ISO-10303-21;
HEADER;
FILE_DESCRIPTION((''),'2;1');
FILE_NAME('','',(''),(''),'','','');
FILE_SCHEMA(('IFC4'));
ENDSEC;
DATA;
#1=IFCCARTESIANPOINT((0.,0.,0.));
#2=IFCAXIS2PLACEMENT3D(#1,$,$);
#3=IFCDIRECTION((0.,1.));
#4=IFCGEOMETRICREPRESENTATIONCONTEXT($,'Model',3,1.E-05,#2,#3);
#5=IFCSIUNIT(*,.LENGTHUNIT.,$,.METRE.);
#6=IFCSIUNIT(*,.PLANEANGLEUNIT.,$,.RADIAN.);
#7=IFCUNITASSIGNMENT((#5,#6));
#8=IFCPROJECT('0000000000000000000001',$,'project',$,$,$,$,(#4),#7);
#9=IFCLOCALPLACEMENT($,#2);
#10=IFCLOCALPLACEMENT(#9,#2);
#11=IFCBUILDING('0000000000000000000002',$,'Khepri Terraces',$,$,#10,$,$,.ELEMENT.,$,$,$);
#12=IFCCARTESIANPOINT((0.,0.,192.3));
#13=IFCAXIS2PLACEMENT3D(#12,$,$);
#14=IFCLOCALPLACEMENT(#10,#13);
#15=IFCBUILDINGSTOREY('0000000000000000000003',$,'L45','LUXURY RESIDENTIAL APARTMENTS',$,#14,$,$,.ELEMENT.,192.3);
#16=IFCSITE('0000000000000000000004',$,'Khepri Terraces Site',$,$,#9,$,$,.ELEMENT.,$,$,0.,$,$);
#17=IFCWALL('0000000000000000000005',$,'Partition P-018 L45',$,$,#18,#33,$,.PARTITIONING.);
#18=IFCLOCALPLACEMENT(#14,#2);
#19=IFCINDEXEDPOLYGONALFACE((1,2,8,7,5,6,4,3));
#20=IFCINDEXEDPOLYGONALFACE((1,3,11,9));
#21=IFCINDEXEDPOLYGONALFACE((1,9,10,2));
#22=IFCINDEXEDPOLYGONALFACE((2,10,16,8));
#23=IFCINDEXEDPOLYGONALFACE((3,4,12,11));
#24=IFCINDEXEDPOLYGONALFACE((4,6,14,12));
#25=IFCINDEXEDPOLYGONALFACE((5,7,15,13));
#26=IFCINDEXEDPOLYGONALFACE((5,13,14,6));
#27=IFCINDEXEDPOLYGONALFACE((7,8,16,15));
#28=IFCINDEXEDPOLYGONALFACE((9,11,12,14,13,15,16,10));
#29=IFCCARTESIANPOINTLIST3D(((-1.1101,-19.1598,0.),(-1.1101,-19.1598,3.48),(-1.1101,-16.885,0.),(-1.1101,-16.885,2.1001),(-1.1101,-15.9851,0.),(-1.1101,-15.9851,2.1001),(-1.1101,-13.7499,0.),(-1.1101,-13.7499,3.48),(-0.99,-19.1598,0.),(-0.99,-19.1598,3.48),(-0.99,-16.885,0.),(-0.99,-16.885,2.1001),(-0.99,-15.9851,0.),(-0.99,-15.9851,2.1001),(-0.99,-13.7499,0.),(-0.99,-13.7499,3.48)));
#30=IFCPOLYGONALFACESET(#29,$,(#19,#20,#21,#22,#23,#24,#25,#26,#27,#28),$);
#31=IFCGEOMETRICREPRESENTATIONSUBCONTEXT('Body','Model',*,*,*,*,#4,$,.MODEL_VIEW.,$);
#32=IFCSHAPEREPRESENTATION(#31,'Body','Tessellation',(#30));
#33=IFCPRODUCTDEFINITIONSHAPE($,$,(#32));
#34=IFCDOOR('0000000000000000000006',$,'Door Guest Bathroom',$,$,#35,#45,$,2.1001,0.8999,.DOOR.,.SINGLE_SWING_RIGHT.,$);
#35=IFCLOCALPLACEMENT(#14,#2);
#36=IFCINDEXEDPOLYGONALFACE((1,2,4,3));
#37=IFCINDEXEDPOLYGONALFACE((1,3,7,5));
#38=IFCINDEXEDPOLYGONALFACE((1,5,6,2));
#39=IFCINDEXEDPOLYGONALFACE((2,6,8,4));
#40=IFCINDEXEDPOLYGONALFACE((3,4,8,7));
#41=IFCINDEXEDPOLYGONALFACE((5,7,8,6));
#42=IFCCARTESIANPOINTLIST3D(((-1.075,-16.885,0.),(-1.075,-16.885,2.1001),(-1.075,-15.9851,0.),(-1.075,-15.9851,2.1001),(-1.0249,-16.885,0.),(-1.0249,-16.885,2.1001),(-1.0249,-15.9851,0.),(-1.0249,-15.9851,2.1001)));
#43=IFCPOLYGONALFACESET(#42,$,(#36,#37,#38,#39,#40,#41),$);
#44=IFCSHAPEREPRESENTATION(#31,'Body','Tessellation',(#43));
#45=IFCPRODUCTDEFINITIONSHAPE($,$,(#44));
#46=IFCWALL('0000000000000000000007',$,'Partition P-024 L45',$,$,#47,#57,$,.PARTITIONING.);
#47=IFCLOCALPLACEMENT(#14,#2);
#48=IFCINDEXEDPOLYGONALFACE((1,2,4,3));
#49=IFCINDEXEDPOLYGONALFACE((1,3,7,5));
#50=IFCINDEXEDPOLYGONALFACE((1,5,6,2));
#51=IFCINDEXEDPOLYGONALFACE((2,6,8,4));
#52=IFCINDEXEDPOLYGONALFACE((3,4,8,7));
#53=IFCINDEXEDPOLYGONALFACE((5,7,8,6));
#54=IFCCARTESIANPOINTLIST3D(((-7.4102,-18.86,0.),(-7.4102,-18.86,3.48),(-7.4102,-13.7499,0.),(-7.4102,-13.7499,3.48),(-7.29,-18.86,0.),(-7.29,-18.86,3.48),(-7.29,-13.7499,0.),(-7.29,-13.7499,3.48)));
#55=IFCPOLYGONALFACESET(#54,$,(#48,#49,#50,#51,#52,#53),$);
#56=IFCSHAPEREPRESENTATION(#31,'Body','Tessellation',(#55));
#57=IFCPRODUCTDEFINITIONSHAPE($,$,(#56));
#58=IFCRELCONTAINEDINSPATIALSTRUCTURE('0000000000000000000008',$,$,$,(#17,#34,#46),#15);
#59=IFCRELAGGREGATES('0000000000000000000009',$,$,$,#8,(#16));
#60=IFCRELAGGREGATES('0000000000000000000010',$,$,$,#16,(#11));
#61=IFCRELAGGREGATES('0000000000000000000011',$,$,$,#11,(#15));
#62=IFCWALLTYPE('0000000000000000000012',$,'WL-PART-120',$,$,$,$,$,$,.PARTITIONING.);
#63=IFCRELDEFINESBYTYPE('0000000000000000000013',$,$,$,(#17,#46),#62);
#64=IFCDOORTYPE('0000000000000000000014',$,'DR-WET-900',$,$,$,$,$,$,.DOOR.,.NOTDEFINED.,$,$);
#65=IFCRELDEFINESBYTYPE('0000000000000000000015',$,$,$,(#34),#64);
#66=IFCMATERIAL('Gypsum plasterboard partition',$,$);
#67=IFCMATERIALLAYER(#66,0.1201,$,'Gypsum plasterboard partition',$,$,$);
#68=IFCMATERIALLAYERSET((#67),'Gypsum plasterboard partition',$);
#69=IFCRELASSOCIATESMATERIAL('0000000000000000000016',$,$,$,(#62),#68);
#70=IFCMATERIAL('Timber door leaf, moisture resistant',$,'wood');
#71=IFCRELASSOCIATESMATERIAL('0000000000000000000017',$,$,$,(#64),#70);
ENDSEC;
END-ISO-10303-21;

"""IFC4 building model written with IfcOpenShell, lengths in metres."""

from ifc_helpers import new_model, si_unit, direction, frame, frame_2d, origin, place, context, subcontext, project, spatial, rectangle, extrude, material, layer, layer_set, type_object, element, fill, save


model = new_model("IFC4")

# Units and contexts
model_context = context("Model", 3, precision=1e-05, world=origin(), true_north=direction((0.0, 1.0)))
body_context = subcontext(model_context, "Body", "Model", "MODEL_VIEW")
ifc_project = project(units=[si_unit("LENGTHUNIT", "METRE"), si_unit("PLANEANGLEUNIT", "RADIAN")], contexts=[model_context])

# Site, building, storey
site_placement = place(None, origin())
site = spatial("IfcSite", under=ifc_project, at=site_placement, Name="Khepri Terraces Site", CompositionType="ELEMENT", RefElevation=0.0)
building_placement = place(site_placement, origin())
building = spatial("IfcBuilding", under=site, at=building_placement, Name="Khepri Terraces", CompositionType="ELEMENT")
storey_placement = place(building_placement, frame((0.0, 0.0, 192.3)))
storey = spatial("IfcBuildingStorey", under=building, at=storey_placement, Name="L45", Description="LUXURY RESIDENTIAL APARTMENTS", CompositionType="ELEMENT", Elevation=192.3)

# Shared definitions
ifc_material_1 = material(Name="Gypsum plasterboard partition")
ifc_layer_1 = layer(ifc_material_1, 0.1201, Name="Gypsum plasterboard partition")
ifc_layer_set_1 = layer_set([ifc_layer_1], Name="Gypsum plasterboard partition")
wall_type_1 = type_object("IfcWallType", Name="WL-PART-120", PredefinedType="PARTITIONING", material=ifc_layer_set_1)
ifc_material_2 = material(Name="Timber door leaf, moisture resistant", Category="wood")
door_type_1 = type_object("IfcDoorType", Name="DR-WET-900", OperationType="NOTDEFINED", PredefinedType="DOOR", material=ifc_material_2)

# Wall, opening, door
wall_1_placement = place(storey_placement, frame((-1.05, -19.1599, 0.0), z_axis=(0.0, 0.0, 1.0), x_axis=(0.0, 1.0, 0.0)))
wall_1 = element("IfcWall", 1, at=wall_1_placement, inside=storey, type_object=wall_type_1, Name="Partition P-018 L45", PredefinedType="PARTITIONING", context=body_context, shape_type="SweptSolid", body=[
    extrude(rectangle(XDim=5.4099, YDim=0.1201, at=frame_2d((2.7051, 0.0))), origin(), (0.0, 0.0, 1.0), 3.48),
])
opening_1_placement = place(wall_1_placement, frame((2.2749, 0.0, 0.0)))
opening_1 = element("IfcOpeningElement", 2, at=opening_1_placement, cuts=wall_1, PredefinedType="OPENING", context=body_context, shape_type="SweptSolid", body=[
    extrude(rectangle(XDim=0.8999, YDim=2.1001, at=frame_2d((0.45, 1.05))), frame((0.0, 0.0701, 0.0), z_axis=(0.0, -1.0, 0.0), x_axis=(1.0, 0.0, 0.0)), (0.0, 0.0, 1.0), 0.1401),
])
door_1_placement = place(opening_1_placement, origin())
door_1 = element("IfcDoor", 3, at=door_1_placement, inside=storey, type_object=door_type_1, Name="Door Guest Bathroom", OperationType="SINGLE_SWING_RIGHT", OverallHeight=2.1001, OverallWidth=0.8999, PredefinedType="DOOR", context=body_context, shape_type="SweptSolid", body=[
    extrude(rectangle(XDim=0.8999, YDim=2.1001, at=frame_2d((0.45, 1.05))), frame((0.0, 0.0249, 0.0), z_axis=(0.0, -1.0, 0.0), x_axis=(1.0, 0.0, 0.0)), (0.0, 0.0, 1.0), 0.05),
])
fill(opening_1, door_1)

# Wall
wall_2_placement = place(storey_placement, frame((-7.3501, -18.8601, 0.0), z_axis=(0.0, 0.0, 1.0), x_axis=(0.0, 1.0, 0.0)))
element("IfcWall", 4, at=wall_2_placement, inside=storey, type_object=wall_type_1, Name="Partition P-024 L45", PredefinedType="PARTITIONING", context=body_context, shape_type="SweptSolid", body=[
    extrude(rectangle(XDim=5.1101, YDim=0.1201, at=frame_2d((2.5552, 0.0))), origin(), (0.0, 0.0, 1.0), 3.48),
])

save(model, "model.ifc")
